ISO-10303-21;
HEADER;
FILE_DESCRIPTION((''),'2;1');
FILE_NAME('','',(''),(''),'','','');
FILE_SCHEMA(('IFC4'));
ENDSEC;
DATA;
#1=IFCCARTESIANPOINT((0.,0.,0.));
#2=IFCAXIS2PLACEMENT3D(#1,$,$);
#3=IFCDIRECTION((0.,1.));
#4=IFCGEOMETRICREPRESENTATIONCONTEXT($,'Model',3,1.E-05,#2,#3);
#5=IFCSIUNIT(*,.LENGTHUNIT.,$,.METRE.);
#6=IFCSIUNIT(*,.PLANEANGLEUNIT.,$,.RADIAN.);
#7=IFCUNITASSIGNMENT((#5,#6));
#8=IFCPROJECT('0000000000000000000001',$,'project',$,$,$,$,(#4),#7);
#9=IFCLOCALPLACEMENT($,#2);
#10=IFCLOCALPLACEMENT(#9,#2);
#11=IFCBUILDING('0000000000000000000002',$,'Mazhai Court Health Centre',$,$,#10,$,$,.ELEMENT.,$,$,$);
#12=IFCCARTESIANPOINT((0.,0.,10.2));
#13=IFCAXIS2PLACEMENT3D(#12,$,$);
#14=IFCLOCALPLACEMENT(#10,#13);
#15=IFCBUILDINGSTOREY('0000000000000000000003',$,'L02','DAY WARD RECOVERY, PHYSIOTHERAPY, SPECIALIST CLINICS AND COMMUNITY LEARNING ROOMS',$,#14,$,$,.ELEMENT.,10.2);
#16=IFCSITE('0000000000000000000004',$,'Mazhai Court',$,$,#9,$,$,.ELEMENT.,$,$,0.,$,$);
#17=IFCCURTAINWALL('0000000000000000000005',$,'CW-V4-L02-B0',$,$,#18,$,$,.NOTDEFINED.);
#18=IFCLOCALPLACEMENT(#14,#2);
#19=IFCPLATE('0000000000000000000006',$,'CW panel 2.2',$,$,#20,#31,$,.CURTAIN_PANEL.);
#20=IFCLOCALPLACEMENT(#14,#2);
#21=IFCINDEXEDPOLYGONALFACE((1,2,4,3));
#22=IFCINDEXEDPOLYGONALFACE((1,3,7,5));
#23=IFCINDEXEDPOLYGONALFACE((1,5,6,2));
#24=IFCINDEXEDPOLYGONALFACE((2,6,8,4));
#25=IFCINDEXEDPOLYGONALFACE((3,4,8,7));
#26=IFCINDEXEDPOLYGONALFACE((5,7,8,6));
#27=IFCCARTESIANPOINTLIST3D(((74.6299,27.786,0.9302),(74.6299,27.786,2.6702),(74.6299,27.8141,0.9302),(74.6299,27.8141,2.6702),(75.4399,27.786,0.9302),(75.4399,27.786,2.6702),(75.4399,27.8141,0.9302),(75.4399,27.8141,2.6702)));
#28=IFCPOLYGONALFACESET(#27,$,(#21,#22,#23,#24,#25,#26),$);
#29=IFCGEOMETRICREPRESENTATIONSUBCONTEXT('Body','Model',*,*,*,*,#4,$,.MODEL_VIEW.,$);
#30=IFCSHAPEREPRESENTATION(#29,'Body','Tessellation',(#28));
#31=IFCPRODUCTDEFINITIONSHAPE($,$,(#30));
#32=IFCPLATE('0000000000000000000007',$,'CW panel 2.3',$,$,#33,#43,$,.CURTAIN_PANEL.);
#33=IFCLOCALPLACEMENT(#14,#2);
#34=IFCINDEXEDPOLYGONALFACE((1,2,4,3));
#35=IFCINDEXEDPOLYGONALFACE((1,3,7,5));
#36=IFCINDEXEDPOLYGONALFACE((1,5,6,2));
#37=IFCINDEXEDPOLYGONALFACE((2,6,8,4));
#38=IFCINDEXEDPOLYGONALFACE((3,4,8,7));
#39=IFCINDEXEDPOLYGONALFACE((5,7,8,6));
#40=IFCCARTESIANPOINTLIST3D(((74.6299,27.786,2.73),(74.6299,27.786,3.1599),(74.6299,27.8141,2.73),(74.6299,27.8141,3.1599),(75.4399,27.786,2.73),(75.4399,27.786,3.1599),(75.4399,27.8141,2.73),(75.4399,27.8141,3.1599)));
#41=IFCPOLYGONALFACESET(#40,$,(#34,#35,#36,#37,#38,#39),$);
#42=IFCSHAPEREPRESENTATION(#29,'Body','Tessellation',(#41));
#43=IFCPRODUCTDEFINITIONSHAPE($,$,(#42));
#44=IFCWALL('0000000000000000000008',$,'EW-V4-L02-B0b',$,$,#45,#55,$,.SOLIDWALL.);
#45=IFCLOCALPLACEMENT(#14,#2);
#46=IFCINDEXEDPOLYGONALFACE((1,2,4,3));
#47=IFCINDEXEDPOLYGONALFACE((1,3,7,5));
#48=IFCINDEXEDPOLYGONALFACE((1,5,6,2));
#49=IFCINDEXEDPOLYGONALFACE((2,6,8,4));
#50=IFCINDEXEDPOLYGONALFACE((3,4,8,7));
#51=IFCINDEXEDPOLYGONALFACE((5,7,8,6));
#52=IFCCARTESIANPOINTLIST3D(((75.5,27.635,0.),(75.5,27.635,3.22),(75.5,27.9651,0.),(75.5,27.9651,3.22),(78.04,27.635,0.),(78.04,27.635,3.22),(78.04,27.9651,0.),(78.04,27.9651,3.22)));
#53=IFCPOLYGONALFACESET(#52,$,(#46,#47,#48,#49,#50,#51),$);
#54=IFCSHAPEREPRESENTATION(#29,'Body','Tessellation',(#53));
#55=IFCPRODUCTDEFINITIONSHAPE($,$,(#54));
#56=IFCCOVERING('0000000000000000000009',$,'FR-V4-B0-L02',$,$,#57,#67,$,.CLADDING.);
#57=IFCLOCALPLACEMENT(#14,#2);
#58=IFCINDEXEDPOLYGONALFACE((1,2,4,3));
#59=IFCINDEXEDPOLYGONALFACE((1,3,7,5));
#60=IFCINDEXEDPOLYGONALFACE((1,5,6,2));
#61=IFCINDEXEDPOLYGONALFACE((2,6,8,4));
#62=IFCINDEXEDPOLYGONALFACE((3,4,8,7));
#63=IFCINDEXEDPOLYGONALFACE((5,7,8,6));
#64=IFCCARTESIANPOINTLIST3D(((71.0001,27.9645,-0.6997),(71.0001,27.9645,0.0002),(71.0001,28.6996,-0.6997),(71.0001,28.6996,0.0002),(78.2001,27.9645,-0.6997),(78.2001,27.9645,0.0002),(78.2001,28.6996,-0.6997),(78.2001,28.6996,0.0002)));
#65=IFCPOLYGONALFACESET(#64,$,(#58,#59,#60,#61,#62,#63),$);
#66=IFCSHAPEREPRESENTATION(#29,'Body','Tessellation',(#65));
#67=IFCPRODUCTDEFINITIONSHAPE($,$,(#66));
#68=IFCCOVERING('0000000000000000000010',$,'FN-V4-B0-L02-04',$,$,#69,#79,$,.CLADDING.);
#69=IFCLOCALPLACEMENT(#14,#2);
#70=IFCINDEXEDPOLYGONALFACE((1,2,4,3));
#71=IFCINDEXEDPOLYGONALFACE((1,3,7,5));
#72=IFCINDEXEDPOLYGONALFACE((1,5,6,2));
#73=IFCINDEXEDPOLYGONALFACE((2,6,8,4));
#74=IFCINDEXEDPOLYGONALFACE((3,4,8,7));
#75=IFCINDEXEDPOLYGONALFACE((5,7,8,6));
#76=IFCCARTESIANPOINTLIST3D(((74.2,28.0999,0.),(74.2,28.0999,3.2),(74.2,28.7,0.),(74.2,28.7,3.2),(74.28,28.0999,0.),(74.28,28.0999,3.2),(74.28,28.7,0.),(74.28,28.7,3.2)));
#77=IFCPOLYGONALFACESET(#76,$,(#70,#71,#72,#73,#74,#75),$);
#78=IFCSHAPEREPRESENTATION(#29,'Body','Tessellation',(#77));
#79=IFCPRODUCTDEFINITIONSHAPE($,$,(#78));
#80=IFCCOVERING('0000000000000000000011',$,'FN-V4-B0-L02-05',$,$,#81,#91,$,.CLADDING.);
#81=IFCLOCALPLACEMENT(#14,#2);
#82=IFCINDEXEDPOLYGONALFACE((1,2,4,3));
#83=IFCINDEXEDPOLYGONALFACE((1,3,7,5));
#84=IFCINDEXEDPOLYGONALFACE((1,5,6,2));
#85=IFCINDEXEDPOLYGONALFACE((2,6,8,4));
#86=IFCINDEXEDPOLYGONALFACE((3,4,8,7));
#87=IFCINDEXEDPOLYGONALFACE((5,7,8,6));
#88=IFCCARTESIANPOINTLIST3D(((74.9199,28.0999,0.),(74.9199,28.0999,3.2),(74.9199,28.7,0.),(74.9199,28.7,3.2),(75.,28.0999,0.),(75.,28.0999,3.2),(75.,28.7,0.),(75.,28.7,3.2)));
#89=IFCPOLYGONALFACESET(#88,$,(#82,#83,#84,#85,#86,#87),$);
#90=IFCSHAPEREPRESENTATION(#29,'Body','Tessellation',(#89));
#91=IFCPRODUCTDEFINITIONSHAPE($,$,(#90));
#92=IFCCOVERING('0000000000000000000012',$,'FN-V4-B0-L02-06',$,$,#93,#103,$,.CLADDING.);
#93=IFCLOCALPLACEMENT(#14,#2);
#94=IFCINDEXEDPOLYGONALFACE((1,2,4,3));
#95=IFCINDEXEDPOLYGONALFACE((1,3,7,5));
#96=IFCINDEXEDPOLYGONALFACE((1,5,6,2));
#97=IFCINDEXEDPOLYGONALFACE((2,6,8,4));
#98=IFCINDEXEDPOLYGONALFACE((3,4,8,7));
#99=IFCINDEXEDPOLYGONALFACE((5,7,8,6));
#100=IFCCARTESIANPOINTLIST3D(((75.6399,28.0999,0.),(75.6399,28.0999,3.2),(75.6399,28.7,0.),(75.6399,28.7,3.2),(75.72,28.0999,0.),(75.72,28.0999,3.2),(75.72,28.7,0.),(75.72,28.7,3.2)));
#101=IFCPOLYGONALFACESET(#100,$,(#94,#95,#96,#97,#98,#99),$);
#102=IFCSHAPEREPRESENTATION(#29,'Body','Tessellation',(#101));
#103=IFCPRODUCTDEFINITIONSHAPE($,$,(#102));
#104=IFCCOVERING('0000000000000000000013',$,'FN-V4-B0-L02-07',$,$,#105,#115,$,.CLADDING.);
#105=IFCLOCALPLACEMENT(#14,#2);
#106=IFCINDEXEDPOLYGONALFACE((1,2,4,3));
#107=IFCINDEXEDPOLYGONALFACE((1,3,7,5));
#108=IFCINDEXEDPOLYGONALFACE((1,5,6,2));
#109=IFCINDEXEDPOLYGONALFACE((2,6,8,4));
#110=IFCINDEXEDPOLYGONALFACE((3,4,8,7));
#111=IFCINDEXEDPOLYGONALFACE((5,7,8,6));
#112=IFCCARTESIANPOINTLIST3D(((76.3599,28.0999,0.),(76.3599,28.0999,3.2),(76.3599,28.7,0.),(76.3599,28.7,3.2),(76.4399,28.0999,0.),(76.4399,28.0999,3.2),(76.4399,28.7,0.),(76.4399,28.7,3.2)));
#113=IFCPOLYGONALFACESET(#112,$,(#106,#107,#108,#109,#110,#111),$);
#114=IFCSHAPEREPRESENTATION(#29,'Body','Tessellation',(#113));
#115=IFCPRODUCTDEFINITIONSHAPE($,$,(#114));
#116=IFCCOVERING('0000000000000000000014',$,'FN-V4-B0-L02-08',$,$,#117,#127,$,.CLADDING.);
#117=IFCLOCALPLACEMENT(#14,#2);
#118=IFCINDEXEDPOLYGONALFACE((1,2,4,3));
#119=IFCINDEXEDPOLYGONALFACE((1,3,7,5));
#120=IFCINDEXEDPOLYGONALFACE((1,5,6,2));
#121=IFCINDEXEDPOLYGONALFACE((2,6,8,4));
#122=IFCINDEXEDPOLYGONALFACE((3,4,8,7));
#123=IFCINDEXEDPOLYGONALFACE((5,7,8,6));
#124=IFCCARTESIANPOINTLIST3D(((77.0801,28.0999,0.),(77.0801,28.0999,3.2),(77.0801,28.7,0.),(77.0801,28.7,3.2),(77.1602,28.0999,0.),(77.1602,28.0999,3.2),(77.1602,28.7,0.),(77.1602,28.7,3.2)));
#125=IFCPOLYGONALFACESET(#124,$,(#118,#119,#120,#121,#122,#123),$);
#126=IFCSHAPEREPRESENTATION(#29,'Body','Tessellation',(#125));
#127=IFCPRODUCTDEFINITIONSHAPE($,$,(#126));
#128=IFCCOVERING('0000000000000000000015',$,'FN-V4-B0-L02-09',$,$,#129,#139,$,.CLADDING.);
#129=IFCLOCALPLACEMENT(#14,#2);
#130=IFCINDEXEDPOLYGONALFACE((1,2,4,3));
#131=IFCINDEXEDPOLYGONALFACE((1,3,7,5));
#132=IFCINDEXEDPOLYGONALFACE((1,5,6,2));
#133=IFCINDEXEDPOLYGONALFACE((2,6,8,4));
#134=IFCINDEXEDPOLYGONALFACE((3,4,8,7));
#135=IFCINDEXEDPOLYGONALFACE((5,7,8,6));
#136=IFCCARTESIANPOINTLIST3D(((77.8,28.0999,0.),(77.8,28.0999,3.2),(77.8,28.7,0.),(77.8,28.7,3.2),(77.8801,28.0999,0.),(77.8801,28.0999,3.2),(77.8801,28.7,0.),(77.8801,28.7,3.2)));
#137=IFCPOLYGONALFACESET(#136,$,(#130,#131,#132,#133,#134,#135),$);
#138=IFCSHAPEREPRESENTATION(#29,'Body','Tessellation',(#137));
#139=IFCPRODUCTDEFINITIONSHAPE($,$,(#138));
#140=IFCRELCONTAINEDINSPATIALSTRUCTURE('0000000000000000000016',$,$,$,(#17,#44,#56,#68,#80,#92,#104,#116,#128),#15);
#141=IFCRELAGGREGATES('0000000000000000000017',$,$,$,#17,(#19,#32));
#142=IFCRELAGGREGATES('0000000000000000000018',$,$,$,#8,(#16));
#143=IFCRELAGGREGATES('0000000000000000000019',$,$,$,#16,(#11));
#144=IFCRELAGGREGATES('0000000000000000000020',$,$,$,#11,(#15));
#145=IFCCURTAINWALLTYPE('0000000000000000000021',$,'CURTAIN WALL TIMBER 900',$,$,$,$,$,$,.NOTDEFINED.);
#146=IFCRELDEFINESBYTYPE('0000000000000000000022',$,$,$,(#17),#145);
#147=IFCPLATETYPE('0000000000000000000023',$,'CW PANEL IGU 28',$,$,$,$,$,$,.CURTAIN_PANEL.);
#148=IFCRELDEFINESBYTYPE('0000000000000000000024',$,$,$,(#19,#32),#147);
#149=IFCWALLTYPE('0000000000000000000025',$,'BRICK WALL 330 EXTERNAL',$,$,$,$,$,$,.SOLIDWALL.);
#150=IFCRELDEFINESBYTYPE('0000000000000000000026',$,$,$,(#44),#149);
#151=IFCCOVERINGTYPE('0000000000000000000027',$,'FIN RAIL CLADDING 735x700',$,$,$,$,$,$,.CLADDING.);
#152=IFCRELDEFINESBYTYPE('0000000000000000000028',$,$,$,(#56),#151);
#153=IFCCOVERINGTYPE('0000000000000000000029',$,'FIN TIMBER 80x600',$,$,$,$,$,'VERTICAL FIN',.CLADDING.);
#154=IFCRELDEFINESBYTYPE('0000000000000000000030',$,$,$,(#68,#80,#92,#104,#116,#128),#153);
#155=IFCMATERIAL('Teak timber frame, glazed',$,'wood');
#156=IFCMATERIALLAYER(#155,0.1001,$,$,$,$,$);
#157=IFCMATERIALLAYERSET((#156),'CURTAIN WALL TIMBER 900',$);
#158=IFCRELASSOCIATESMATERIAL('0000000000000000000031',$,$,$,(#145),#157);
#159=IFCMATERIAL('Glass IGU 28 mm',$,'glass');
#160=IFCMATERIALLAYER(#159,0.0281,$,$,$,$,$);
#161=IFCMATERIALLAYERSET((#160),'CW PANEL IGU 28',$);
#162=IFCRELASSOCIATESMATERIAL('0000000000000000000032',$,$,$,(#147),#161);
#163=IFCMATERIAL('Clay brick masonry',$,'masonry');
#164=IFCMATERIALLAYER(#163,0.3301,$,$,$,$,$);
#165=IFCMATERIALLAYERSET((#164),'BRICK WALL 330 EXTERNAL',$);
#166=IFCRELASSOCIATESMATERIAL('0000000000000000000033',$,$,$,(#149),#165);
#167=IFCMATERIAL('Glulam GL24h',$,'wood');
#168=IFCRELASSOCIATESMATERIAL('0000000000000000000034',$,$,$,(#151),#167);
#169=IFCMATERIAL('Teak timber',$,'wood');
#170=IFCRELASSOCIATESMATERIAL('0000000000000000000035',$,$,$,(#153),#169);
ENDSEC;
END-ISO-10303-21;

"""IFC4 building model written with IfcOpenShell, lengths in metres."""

from ifc_helpers import new_model, si_unit, direction, frame, frame_2d, origin, origin_2d, place, context, subcontext, project, spatial, rectangle, extrude, material, layer, layer_set, type_object, element, aggregate, save


model = new_model("IFC4")

# Units and contexts
model_context = context("Model", 3, precision=1e-05, world=origin(), true_north=direction((0.0, 1.0)))
body_context = subcontext(model_context, "Body", "Model", "MODEL_VIEW")
ifc_project = project(units=[si_unit("LENGTHUNIT", "METRE"), si_unit("PLANEANGLEUNIT", "RADIAN")], contexts=[model_context])

# Site, building, storey
site_placement = place(None, origin())
site = spatial("IfcSite", under=ifc_project, at=site_placement, Name="Mazhai Court", CompositionType="ELEMENT", RefElevation=0.0)
building_placement = place(site_placement, origin())
building = spatial("IfcBuilding", under=site, at=building_placement, Name="Mazhai Court Health Centre", CompositionType="ELEMENT")
storey_placement = place(building_placement, frame((0.0, 0.0, 10.2)))
storey = spatial("IfcBuildingStorey", under=building, at=storey_placement, Name="L02", Description="DAY WARD RECOVERY, PHYSIOTHERAPY, SPECIALIST CLINICS AND COMMUNITY LEARNING ROOMS", CompositionType="ELEMENT", Elevation=10.2)

# Curtain wall, plates
ifc_material_1 = material(Name="Teak timber frame, glazed", Category="wood")
ifc_layer_1 = layer(ifc_material_1, 0.1001)
ifc_layer_set_1 = layer_set([ifc_layer_1], Name="CURTAIN WALL TIMBER 900")
curtain_wall_type = type_object("IfcCurtainWallType", Name="CURTAIN WALL TIMBER 900", PredefinedType="NOTDEFINED", material=ifc_layer_set_1)
curtain_wall_placement = place(storey_placement, origin())
curtain_wall = element("IfcCurtainWall", 1, at=curtain_wall_placement, inside=storey, type_object=curtain_wall_type, Name="CW-V4-L02-B0", PredefinedType="NOTDEFINED")
ifc_material_2 = material(Name="Glass IGU 28 mm", Category="glass")
ifc_layer_2 = layer(ifc_material_2, 0.0281)
ifc_layer_set_2 = layer_set([ifc_layer_2], Name="CW PANEL IGU 28")
plate_type = type_object("IfcPlateType", Name="CW PANEL IGU 28", PredefinedType="CURTAIN_PANEL", material=ifc_layer_set_2)
plate_1_placement = place(storey_placement, frame((75.0349, 27.8, 0.9302), z_axis=(0.0, 0.0, 1.0), x_axis=(1.0, 0.0, 0.0)))
plate_1 = element("IfcPlate", 2, at=plate_1_placement, type_object=plate_type, Name="CW panel 2.2", PredefinedType="CURTAIN_PANEL", context=body_context, shape_type="SweptSolid", body=[
    extrude(rectangle(XDim=0.8101, YDim=0.0281, at=origin_2d()), origin(), (0.0, 0.0, 1.0), 1.74),
])
plate_2_placement = place(storey_placement, frame((75.0349, 27.8, 2.73), z_axis=(0.0, 0.0, 1.0), x_axis=(1.0, 0.0, 0.0)))
plate_2 = element("IfcPlate", 3, at=plate_2_placement, type_object=plate_type, Name="CW panel 2.3", PredefinedType="CURTAIN_PANEL", context=body_context, shape_type="SweptSolid", body=[
    extrude(rectangle(XDim=0.8101, YDim=0.0281, at=origin_2d()), origin(), (0.0, 0.0, 1.0), 0.4299),
])
aggregate(curtain_wall, [plate_1, plate_2])

# Wall
ifc_material_3 = material(Name="Clay brick masonry", Category="masonry")
ifc_layer_3 = layer(ifc_material_3, 0.3301)
ifc_layer_set_3 = layer_set([ifc_layer_3], Name="BRICK WALL 330 EXTERNAL")
wall_type = type_object("IfcWallType", Name="BRICK WALL 330 EXTERNAL", PredefinedType="SOLIDWALL", material=ifc_layer_set_3)
wall_placement = place(storey_placement, frame((75.5, 27.8, 0.0), z_axis=(0.0, 0.0, 1.0), x_axis=(1.0, 0.0, 0.0)))
element("IfcWall", 4, at=wall_placement, inside=storey, type_object=wall_type, Name="EW-V4-L02-B0b", PredefinedType="SOLIDWALL", context=body_context, shape_type="SweptSolid", body=[
    extrude(rectangle(XDim=2.54, YDim=0.3301, at=frame_2d((1.27, 0.0))), origin(), (0.0, 0.0, 1.0), 3.22),
])

# Coverings
ifc_material_4 = material(Name="Glulam GL24h", Category="wood")
covering_type_1 = type_object("IfcCoveringType", Name="FIN RAIL CLADDING 735x700", PredefinedType="CLADDING", material=ifc_material_4)
covering_placement = place(storey_placement, frame((74.6001, 28.332, -0.6997), z_axis=(0.0, 0.0, 1.0), x_axis=(1.0, 0.0, 0.0)))
element("IfcCovering", 5, at=covering_placement, inside=storey, type_object=covering_type_1, Name="FR-V4-B0-L02", PredefinedType="CLADDING", context=body_context, shape_type="SweptSolid", body=[
    extrude(rectangle(XDim=7.2, YDim=0.7351, at=origin_2d()), origin(), (0.0, 0.0, 1.0), 0.7),
])
ifc_material_5 = material(Name="Teak timber", Category="wood")
covering_type_2 = type_object("IfcCoveringType", Name="FIN TIMBER 80x600", ElementType="VERTICAL FIN", PredefinedType="CLADDING", material=ifc_material_5)
for number, where, z_axis, x_axis, name in (
    (6, (74.24, 28.3999, 0.0), (0.0, 0.0, 1.0), (1.0, 0.0, 0.0), "FN-V4-B0-L02-04"),
    (7, (74.96, 28.3999, 0.0), (0.0, 0.0, 1.0), (1.0, 0.0, 0.0), "FN-V4-B0-L02-05"),
    (8, (75.6799, 28.3999, 0.0), (0.0, 0.0, 1.0), (1.0, 0.0, 0.0), "FN-V4-B0-L02-06"),
    (9, (76.3999, 28.3999, 0.0), (0.0, 0.0, 1.0), (1.0, 0.0, 0.0), "FN-V4-B0-L02-07"),
    (10, (77.1201, 28.3999, 0.0), (0.0, 0.0, 1.0), (1.0, 0.0, 0.0), "FN-V4-B0-L02-08"),
    (11, (77.8401, 28.3999, 0.0), (0.0, 0.0, 1.0), (1.0, 0.0, 0.0), "FN-V4-B0-L02-09"),
):
    element("IfcCovering", number, at=place(storey_placement, frame(where, z_axis=z_axis, x_axis=x_axis)), inside=storey, type_object=covering_type_2, Name=name, PredefinedType="CLADDING", context=body_context, shape_type="SweptSolid", body=[
        extrude(rectangle(XDim=0.0801, YDim=0.6001, at=origin_2d()), origin(), (0.0, 0.0, 1.0), 3.2),
    ])

save(model, "model.ifc")
